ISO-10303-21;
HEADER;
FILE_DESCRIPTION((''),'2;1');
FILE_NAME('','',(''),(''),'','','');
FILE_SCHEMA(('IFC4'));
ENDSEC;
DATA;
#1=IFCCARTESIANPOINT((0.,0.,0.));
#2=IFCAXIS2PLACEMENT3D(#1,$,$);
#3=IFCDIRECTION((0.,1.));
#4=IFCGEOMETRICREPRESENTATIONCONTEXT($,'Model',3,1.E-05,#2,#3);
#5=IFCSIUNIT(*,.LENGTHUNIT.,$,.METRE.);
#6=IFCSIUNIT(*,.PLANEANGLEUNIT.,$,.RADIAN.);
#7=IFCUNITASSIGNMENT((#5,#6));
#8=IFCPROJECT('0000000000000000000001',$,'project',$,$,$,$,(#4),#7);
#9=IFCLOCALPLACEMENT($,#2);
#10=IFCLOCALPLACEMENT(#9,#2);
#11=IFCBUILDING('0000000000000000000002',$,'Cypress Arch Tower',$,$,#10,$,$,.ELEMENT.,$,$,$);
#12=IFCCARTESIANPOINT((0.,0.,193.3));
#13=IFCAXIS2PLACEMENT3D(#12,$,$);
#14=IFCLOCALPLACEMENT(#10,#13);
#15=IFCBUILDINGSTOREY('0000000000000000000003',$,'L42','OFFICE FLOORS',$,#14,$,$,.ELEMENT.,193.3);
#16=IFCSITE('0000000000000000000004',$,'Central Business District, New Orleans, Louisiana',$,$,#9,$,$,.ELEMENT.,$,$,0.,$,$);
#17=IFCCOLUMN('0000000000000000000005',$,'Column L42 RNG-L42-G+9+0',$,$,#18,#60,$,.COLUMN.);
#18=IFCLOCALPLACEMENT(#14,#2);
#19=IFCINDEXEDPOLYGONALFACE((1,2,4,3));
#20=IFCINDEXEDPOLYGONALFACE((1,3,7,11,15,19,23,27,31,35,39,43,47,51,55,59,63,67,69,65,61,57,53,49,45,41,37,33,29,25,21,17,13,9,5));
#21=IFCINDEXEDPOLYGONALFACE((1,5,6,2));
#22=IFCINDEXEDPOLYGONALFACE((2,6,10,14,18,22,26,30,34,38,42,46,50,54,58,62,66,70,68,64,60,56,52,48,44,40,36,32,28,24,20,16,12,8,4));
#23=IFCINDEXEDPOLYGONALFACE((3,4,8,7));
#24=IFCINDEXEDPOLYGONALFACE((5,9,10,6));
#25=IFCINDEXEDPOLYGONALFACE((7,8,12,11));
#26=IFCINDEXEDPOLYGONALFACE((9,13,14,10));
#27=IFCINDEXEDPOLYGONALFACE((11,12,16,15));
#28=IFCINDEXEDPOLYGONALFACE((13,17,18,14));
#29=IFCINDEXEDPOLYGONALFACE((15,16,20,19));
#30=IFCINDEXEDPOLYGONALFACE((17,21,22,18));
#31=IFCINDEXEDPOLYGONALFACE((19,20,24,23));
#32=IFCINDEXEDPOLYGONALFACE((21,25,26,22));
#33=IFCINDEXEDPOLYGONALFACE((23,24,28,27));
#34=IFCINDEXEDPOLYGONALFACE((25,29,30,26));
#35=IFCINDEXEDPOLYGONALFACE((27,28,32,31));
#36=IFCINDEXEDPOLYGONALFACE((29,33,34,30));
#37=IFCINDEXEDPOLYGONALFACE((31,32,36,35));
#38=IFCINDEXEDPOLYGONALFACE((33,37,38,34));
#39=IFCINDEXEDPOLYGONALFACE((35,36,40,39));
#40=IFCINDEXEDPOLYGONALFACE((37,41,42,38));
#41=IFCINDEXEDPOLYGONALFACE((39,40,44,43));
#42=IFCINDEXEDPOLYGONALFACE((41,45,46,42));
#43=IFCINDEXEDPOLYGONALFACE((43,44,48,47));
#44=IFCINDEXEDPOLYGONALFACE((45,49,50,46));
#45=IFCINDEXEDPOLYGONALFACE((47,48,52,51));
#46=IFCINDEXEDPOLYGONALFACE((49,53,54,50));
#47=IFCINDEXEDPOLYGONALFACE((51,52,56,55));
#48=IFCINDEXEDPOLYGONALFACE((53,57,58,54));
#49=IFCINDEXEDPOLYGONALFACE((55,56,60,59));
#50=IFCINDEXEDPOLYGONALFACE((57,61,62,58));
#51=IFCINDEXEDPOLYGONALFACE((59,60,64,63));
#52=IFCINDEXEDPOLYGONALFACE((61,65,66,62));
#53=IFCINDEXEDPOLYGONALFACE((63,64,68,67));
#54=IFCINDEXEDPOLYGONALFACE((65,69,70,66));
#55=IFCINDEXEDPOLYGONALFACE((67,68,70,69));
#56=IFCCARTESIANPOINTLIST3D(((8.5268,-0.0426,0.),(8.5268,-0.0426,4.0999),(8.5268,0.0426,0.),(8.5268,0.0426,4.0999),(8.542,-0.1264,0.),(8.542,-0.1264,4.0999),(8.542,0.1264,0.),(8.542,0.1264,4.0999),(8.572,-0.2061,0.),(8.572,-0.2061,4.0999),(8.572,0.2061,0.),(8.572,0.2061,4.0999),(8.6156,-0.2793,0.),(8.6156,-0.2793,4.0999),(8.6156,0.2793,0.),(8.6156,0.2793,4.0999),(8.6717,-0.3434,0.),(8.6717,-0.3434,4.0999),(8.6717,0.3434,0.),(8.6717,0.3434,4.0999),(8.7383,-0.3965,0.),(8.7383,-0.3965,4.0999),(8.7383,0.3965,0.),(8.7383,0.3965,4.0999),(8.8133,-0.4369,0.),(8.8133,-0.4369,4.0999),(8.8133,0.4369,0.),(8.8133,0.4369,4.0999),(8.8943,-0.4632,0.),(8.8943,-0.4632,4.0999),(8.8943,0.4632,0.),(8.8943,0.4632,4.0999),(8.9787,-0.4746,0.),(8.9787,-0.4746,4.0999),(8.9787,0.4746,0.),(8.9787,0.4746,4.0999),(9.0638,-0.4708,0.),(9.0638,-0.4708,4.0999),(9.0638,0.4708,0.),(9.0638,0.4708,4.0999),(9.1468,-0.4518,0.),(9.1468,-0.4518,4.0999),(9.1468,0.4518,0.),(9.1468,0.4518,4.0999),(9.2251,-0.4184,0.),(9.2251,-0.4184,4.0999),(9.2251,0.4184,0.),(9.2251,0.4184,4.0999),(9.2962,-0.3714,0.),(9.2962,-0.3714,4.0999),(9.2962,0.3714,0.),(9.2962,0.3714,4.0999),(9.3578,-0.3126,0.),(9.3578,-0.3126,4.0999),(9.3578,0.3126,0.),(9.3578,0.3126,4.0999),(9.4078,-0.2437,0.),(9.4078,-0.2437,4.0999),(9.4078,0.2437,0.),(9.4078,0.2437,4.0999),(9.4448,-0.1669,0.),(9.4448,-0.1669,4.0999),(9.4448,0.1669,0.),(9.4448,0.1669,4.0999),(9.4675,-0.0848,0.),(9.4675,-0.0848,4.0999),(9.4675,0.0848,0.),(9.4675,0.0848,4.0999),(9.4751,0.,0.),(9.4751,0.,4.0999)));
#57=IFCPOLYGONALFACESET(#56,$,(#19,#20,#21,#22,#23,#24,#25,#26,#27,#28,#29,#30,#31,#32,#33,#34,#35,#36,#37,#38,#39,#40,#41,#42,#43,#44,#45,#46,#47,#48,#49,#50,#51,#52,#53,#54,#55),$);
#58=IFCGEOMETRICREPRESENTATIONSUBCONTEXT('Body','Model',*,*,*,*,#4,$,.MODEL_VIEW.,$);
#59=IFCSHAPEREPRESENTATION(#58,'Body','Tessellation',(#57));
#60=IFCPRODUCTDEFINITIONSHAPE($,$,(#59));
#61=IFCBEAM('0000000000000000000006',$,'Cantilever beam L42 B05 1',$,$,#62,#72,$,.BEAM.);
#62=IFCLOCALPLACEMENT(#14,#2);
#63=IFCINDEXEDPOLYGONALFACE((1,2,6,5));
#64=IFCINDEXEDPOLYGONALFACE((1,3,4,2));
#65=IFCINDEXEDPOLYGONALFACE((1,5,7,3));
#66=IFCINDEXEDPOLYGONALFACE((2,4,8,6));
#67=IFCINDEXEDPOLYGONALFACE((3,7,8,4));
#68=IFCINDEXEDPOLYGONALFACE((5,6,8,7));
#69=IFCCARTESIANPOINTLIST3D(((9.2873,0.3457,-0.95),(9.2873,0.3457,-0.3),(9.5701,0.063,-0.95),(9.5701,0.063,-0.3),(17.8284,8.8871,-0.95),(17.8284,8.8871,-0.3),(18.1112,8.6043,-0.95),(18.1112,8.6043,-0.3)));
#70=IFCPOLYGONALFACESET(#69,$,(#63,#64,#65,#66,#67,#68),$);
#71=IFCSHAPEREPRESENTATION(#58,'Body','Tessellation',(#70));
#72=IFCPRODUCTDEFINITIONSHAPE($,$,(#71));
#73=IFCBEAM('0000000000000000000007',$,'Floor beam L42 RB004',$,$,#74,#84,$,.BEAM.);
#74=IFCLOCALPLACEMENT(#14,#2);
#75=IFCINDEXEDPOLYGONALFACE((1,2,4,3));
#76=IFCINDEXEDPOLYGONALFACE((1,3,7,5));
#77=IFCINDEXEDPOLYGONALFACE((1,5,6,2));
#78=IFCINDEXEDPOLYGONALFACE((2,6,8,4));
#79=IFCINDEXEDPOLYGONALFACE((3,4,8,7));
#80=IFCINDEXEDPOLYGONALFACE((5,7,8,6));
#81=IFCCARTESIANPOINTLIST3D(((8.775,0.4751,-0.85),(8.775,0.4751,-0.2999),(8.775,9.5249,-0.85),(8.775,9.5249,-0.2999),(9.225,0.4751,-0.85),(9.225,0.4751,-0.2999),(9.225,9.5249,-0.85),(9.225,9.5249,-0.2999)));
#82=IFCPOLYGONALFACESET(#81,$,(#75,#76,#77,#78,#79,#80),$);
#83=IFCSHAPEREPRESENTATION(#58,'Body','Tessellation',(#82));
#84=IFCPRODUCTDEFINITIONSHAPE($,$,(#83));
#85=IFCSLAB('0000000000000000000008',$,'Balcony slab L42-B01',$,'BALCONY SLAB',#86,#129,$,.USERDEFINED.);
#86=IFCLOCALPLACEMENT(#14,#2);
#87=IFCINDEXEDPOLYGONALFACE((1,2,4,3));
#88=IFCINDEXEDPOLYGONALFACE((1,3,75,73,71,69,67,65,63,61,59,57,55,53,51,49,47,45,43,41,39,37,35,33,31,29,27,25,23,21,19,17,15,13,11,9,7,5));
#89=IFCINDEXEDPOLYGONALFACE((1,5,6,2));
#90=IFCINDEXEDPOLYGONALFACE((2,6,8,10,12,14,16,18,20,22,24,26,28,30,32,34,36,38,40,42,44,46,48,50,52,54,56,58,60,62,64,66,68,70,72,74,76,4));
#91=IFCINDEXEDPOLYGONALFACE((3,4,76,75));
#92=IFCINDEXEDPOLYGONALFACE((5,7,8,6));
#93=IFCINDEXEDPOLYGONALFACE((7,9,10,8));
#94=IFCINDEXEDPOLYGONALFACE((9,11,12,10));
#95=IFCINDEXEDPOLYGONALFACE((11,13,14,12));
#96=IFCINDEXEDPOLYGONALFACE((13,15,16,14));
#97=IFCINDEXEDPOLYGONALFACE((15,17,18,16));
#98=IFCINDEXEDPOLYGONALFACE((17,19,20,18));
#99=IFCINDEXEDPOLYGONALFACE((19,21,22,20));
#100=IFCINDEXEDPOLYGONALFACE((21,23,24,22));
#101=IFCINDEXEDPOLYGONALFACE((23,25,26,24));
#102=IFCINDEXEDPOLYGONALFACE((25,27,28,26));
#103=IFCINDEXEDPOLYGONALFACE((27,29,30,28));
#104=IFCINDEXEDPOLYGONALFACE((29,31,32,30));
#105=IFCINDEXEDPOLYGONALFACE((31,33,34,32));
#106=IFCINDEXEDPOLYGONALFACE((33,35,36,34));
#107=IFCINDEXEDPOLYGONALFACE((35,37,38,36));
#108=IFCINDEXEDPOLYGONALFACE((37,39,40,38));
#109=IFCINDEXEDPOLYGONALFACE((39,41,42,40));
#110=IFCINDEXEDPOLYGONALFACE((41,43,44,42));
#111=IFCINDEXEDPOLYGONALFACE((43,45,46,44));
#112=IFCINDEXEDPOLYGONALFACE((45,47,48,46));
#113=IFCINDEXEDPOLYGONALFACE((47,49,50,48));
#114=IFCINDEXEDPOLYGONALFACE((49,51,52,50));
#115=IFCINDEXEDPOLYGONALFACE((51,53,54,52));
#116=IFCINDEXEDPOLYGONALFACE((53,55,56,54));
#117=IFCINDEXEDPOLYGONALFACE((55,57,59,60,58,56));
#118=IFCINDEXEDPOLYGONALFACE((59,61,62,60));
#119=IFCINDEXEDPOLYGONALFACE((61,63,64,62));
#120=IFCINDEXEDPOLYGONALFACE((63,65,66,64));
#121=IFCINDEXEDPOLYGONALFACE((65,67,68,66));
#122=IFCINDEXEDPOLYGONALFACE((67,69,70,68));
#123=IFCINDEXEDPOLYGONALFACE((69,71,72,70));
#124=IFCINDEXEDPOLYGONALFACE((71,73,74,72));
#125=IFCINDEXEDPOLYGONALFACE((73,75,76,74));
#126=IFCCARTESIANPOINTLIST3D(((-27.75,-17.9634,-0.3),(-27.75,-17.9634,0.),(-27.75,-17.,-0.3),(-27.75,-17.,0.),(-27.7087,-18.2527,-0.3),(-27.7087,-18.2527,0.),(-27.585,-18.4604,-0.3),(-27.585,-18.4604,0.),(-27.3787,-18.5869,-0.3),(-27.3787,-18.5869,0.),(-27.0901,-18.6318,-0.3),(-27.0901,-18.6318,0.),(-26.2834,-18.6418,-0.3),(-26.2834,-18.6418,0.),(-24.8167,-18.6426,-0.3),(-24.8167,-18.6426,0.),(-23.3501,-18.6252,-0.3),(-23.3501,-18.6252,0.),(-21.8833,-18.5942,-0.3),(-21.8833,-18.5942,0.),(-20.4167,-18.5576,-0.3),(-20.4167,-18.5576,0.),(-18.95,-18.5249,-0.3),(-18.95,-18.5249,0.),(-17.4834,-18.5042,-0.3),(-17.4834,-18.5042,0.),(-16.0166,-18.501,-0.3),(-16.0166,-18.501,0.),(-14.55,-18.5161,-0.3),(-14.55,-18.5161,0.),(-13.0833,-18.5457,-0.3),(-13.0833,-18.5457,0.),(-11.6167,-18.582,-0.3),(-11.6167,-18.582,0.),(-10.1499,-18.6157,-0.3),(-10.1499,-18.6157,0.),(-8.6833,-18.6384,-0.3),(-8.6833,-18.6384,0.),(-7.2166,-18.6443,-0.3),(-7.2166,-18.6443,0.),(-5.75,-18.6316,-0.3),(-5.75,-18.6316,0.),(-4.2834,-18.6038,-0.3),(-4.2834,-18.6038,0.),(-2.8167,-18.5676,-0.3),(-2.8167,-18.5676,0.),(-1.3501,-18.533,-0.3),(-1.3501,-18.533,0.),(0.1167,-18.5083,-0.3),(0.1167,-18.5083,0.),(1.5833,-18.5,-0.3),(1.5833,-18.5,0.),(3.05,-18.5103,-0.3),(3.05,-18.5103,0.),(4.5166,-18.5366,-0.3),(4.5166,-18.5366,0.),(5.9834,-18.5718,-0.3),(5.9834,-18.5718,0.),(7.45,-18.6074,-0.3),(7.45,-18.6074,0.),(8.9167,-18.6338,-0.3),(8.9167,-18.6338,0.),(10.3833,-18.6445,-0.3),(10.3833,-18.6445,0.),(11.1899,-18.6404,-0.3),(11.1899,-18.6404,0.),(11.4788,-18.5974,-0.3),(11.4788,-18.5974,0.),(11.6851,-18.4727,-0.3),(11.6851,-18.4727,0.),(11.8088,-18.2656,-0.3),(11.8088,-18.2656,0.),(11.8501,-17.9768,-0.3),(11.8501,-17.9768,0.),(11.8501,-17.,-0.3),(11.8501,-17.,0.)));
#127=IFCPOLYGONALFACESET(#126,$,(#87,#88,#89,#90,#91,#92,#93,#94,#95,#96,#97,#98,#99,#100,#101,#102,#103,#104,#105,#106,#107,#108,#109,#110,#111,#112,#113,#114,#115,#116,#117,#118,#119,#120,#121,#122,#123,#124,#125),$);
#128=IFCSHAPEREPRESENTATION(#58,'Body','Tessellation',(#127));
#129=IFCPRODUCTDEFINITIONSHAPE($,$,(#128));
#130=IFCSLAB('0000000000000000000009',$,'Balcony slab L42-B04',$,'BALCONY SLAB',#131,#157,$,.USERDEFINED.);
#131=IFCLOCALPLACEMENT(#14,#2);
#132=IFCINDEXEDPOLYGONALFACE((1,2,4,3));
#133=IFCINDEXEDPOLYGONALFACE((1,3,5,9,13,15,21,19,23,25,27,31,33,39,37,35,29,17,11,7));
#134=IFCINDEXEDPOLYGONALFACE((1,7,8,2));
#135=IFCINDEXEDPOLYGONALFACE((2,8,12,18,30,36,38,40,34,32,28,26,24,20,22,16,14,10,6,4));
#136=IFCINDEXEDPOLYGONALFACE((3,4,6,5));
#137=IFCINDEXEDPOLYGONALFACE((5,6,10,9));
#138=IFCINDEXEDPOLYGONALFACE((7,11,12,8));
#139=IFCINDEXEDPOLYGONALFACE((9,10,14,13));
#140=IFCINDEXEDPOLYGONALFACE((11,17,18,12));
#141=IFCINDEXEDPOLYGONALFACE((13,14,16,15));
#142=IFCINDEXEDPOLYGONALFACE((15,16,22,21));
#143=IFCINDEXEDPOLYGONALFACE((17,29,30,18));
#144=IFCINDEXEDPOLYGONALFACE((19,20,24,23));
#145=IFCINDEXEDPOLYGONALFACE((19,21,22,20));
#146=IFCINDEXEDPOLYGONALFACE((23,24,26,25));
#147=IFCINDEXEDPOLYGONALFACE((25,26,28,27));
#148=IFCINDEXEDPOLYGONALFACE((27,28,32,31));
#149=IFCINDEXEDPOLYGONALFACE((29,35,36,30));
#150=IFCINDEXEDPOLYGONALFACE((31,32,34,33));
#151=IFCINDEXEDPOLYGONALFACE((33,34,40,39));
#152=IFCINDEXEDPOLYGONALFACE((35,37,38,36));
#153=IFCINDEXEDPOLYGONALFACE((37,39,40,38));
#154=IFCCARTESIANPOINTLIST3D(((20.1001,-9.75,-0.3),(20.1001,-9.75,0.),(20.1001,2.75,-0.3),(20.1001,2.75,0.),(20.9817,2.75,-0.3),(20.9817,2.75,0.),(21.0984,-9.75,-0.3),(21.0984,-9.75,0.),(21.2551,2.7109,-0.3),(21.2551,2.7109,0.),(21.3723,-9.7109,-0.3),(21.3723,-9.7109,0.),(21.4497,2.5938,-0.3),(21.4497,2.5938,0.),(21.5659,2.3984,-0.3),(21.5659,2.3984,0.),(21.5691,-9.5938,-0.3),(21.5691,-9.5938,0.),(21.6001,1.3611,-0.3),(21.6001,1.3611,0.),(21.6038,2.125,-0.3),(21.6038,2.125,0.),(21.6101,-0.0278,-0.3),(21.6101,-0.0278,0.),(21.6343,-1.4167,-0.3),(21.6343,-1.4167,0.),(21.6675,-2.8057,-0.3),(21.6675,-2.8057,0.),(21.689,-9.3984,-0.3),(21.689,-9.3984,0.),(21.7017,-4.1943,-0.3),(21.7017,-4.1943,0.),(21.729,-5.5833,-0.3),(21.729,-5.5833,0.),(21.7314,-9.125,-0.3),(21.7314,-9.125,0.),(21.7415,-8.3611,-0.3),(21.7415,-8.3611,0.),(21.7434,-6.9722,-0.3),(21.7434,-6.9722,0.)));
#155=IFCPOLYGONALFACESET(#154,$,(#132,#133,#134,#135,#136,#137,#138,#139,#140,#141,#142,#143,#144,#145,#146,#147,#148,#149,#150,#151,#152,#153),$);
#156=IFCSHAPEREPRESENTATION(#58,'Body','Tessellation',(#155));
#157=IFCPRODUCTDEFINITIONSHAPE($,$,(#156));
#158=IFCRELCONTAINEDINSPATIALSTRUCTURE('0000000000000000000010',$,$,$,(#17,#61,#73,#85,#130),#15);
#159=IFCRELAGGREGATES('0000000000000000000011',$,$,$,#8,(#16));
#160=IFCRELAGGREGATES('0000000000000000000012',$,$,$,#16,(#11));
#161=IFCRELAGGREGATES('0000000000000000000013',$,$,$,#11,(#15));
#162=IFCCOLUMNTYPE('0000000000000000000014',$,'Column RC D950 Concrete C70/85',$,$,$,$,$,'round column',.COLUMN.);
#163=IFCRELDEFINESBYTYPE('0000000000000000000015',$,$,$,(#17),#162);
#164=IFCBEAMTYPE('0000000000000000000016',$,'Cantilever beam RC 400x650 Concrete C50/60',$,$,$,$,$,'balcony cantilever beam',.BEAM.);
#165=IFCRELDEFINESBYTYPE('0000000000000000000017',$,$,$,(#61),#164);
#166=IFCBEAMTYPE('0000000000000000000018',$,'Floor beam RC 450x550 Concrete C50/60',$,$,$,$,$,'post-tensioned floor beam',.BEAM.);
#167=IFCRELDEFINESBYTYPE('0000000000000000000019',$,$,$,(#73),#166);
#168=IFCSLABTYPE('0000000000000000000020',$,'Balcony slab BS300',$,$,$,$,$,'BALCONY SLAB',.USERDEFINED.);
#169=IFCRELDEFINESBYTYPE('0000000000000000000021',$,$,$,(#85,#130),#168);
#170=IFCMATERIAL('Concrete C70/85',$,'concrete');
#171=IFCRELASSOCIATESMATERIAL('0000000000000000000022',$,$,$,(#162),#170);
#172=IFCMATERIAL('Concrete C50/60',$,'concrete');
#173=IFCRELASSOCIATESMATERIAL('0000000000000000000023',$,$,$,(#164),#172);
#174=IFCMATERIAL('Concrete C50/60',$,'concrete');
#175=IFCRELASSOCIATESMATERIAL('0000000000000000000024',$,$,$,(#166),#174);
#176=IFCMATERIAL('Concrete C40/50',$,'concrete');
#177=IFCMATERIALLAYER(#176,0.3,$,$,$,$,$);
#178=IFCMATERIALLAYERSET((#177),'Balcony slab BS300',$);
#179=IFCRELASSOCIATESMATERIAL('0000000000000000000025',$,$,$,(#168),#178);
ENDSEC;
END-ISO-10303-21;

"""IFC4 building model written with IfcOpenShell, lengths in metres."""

from ifc_helpers import new_model, si_unit, direction, frame, origin, origin_2d, place, context, subcontext, project, spatial, polyline, rectangle, circle, outline, extrude, material, layer, layer_set, material_profile, profile_set, type_object, element, save


model = new_model("IFC4")

# Units and contexts
model_context = context("Model", 3, precision=1e-05, world=origin(), true_north=direction((0.0, 1.0)))
body_context = subcontext(model_context, "Body", "Model", "MODEL_VIEW")
ifc_project = project(units=[si_unit("LENGTHUNIT", "METRE"), si_unit("PLANEANGLEUNIT", "RADIAN")], contexts=[model_context])

# Site, building, storey
site_placement = place(None, origin())
site = spatial("IfcSite", under=ifc_project, at=site_placement, Name="Central Business District, New Orleans, Louisiana", CompositionType="ELEMENT", RefElevation=0.0)
building_placement = place(site_placement, origin())
building = spatial("IfcBuilding", under=site, at=building_placement, Name="Cypress Arch Tower", CompositionType="ELEMENT")
storey_placement = place(building_placement, frame((0.0, 0.0, 193.3)))
storey = spatial("IfcBuildingStorey", under=building, at=storey_placement, Name="L42", Description="OFFICE FLOORS", CompositionType="ELEMENT", Elevation=193.3)

# Column
ifc_material_1 = material(Name="Concrete C70/85", Category="concrete")
ifc_material_profile_1 = material_profile(ifc_material_1, circle(Radius=0.4751, at=origin_2d()), Name="RC D950")
ifc_profile_set_1 = profile_set([ifc_material_profile_1], Name="Concrete C70/85")
column_type = type_object("IfcColumnType", Name="Column RC D950 Concrete C70/85", ElementType="round column", PredefinedType="COLUMN", material=ifc_profile_set_1)
column_placement = place(storey_placement, frame((9.0, 0.0, 0.0), z_axis=(0.0, 0.0, 1.0), x_axis=(1.0, 0.0, 0.0)))
element("IfcColumn", 1, at=column_placement, inside=storey, type_object=column_type, Name="Column L42 RNG-L42-G+9+0", PredefinedType="COLUMN", context=body_context, shape_type="SweptSolid", body=[
    extrude(circle(Radius=0.4751, at=origin_2d()), origin(), (0.0, 0.0, 1.0), 4.0999),
])

# Beams
ifc_material_2 = material(Name="Concrete C50/60", Category="concrete")
ifc_material_profile_2 = material_profile(ifc_material_2, rectangle(XDim=0.3999, YDim=0.6499, at=origin_2d()), Name="RC 400x650")
ifc_profile_set_2 = profile_set([ifc_material_profile_2], Name="Concrete C50/60")
beam_type_1 = type_object("IfcBeamType", Name="Cantilever beam RC 400x650 Concrete C50/60", ElementType="balcony cantilever beam", PredefinedType="BEAM", material=ifc_profile_set_2)
beam_1_placement = place(storey_placement, frame((9.4287, 0.2043, -0.625), z_axis=(0.707097, 0.707117, 0.0), x_axis=(-0.707117, 0.707097, 0.0)))
element("IfcBeam", 2, at=beam_1_placement, inside=storey, type_object=beam_type_1, Name="Cantilever beam L42 B05 1", PredefinedType="BEAM", context=body_context, shape_type="SweptSolid", body=[
    extrude(rectangle(XDim=0.3999, YDim=0.6499, at=origin_2d()), origin(), (0.0, 0.0, 1.0), 12.0791),
])
ifc_material_3 = material(Name="Concrete C50/60", Category="concrete")
ifc_material_profile_3 = material_profile(ifc_material_3, rectangle(XDim=0.45, YDim=0.55, at=origin_2d()), Name="RC 450x550")
ifc_profile_set_3 = profile_set([ifc_material_profile_3], Name="Concrete C50/60")
beam_type_2 = type_object("IfcBeamType", Name="Floor beam RC 450x550 Concrete C50/60", ElementType="post-tensioned floor beam", PredefinedType="BEAM", material=ifc_profile_set_3)
beam_2_placement = place(storey_placement, frame((9.0, 0.4751, -0.575), z_axis=(0.0, 1.0, 0.0), x_axis=(-1.0, 0.0, 0.0)))
element("IfcBeam", 3, at=beam_2_placement, inside=storey, type_object=beam_type_2, Name="Floor beam L42 RB004", PredefinedType="BEAM", context=body_context, shape_type="SweptSolid", body=[
    extrude(rectangle(XDim=0.45, YDim=0.55, at=origin_2d()), origin(), (0.0, 0.0, 1.0), 9.0498),
])

# Slabs
ifc_material_4 = material(Name="Concrete C40/50", Category="concrete")
ifc_layer_1 = layer(ifc_material_4, 0.3)
ifc_layer_set_1 = layer_set([ifc_layer_1], Name="Balcony slab BS300")
slab_type_1 = type_object("IfcSlabType", Name="Balcony slab BS300", ElementType="BALCONY SLAB", PredefinedType="USERDEFINED", material=ifc_layer_set_1)
slab_1_placement = place(storey_placement, frame((0.0, 0.0, -0.3)))
element("IfcSlab", 4, at=slab_1_placement, inside=storey, type_object=slab_type_1, Name="Balcony slab L42-B01", ObjectType="BALCONY SLAB", PredefinedType="USERDEFINED", context=body_context, shape_type="SweptSolid", body=[
    extrude(outline(polyline([(-27.75, -17.0), (-27.75, -17.9634), (-27.7087, -18.2527), (-27.585, -18.4604), (-27.3787, -18.5869), (-27.0901, -18.6318), (-26.2834, -18.6418), (-24.8167, -18.6426), (-23.3501, -18.6252), (-21.8833, -18.5942), (-20.4167, -18.5576), (-18.95, -18.5249), (-17.4834, -18.5042), (-16.0166, -18.501), (-14.55, -18.5161), (-13.0833, -18.5457), (-11.6167, -18.582), (-10.1499, -18.6157), (-8.6833, -18.6384), (-7.2166, -18.6443), (-5.75, -18.6316), (-4.2834, -18.6038), (-2.8167, -18.5676), (-1.3501, -18.533), (0.1167, -18.5083), (1.5833, -18.5), (3.05, -18.5103), (4.5166, -18.5366), (5.9834, -18.5718), (7.45, -18.6074), (8.9167, -18.6338), (10.3833, -18.6445), (11.1899, -18.6404), (11.4788, -18.5974), (11.6851, -18.4727), (11.8088, -18.2656), (11.8501, -17.9768), (11.8501, -17.0), (-27.75, -17.0)])), origin(), (0.0, 0.0, 1.0), 0.3),
])
slab_2_placement = place(storey_placement, frame((0.0, 0.0, -0.3)))
element("IfcSlab", 5, at=slab_2_placement, inside=storey, type_object=slab_type_1, Name="Balcony slab L42-B04", ObjectType="BALCONY SLAB", PredefinedType="USERDEFINED", context=body_context, shape_type="SweptSolid", body=[
    extrude(outline(polyline([(20.1001, -9.75), (21.0984, -9.75), (21.3723, -9.7109), (21.5691, -9.5938), (21.689, -9.3984), (21.7314, -9.125), (21.7415, -8.3611), (21.7434, -6.9722), (21.729, -5.5833), (21.7017, -4.1943), (21.6675, -2.8057), (21.6343, -1.4167), (21.6101, -0.0278), (21.6001, 1.3611), (21.6038, 2.125), (21.5659, 2.3984), (21.4497, 2.5938), (21.2551, 2.7109), (20.9817, 2.75), (20.1001, 2.75), (20.1001, -9.75)])), origin(), (0.0, 0.0, 1.0), 0.3),
])

save(model, "model.ifc")
